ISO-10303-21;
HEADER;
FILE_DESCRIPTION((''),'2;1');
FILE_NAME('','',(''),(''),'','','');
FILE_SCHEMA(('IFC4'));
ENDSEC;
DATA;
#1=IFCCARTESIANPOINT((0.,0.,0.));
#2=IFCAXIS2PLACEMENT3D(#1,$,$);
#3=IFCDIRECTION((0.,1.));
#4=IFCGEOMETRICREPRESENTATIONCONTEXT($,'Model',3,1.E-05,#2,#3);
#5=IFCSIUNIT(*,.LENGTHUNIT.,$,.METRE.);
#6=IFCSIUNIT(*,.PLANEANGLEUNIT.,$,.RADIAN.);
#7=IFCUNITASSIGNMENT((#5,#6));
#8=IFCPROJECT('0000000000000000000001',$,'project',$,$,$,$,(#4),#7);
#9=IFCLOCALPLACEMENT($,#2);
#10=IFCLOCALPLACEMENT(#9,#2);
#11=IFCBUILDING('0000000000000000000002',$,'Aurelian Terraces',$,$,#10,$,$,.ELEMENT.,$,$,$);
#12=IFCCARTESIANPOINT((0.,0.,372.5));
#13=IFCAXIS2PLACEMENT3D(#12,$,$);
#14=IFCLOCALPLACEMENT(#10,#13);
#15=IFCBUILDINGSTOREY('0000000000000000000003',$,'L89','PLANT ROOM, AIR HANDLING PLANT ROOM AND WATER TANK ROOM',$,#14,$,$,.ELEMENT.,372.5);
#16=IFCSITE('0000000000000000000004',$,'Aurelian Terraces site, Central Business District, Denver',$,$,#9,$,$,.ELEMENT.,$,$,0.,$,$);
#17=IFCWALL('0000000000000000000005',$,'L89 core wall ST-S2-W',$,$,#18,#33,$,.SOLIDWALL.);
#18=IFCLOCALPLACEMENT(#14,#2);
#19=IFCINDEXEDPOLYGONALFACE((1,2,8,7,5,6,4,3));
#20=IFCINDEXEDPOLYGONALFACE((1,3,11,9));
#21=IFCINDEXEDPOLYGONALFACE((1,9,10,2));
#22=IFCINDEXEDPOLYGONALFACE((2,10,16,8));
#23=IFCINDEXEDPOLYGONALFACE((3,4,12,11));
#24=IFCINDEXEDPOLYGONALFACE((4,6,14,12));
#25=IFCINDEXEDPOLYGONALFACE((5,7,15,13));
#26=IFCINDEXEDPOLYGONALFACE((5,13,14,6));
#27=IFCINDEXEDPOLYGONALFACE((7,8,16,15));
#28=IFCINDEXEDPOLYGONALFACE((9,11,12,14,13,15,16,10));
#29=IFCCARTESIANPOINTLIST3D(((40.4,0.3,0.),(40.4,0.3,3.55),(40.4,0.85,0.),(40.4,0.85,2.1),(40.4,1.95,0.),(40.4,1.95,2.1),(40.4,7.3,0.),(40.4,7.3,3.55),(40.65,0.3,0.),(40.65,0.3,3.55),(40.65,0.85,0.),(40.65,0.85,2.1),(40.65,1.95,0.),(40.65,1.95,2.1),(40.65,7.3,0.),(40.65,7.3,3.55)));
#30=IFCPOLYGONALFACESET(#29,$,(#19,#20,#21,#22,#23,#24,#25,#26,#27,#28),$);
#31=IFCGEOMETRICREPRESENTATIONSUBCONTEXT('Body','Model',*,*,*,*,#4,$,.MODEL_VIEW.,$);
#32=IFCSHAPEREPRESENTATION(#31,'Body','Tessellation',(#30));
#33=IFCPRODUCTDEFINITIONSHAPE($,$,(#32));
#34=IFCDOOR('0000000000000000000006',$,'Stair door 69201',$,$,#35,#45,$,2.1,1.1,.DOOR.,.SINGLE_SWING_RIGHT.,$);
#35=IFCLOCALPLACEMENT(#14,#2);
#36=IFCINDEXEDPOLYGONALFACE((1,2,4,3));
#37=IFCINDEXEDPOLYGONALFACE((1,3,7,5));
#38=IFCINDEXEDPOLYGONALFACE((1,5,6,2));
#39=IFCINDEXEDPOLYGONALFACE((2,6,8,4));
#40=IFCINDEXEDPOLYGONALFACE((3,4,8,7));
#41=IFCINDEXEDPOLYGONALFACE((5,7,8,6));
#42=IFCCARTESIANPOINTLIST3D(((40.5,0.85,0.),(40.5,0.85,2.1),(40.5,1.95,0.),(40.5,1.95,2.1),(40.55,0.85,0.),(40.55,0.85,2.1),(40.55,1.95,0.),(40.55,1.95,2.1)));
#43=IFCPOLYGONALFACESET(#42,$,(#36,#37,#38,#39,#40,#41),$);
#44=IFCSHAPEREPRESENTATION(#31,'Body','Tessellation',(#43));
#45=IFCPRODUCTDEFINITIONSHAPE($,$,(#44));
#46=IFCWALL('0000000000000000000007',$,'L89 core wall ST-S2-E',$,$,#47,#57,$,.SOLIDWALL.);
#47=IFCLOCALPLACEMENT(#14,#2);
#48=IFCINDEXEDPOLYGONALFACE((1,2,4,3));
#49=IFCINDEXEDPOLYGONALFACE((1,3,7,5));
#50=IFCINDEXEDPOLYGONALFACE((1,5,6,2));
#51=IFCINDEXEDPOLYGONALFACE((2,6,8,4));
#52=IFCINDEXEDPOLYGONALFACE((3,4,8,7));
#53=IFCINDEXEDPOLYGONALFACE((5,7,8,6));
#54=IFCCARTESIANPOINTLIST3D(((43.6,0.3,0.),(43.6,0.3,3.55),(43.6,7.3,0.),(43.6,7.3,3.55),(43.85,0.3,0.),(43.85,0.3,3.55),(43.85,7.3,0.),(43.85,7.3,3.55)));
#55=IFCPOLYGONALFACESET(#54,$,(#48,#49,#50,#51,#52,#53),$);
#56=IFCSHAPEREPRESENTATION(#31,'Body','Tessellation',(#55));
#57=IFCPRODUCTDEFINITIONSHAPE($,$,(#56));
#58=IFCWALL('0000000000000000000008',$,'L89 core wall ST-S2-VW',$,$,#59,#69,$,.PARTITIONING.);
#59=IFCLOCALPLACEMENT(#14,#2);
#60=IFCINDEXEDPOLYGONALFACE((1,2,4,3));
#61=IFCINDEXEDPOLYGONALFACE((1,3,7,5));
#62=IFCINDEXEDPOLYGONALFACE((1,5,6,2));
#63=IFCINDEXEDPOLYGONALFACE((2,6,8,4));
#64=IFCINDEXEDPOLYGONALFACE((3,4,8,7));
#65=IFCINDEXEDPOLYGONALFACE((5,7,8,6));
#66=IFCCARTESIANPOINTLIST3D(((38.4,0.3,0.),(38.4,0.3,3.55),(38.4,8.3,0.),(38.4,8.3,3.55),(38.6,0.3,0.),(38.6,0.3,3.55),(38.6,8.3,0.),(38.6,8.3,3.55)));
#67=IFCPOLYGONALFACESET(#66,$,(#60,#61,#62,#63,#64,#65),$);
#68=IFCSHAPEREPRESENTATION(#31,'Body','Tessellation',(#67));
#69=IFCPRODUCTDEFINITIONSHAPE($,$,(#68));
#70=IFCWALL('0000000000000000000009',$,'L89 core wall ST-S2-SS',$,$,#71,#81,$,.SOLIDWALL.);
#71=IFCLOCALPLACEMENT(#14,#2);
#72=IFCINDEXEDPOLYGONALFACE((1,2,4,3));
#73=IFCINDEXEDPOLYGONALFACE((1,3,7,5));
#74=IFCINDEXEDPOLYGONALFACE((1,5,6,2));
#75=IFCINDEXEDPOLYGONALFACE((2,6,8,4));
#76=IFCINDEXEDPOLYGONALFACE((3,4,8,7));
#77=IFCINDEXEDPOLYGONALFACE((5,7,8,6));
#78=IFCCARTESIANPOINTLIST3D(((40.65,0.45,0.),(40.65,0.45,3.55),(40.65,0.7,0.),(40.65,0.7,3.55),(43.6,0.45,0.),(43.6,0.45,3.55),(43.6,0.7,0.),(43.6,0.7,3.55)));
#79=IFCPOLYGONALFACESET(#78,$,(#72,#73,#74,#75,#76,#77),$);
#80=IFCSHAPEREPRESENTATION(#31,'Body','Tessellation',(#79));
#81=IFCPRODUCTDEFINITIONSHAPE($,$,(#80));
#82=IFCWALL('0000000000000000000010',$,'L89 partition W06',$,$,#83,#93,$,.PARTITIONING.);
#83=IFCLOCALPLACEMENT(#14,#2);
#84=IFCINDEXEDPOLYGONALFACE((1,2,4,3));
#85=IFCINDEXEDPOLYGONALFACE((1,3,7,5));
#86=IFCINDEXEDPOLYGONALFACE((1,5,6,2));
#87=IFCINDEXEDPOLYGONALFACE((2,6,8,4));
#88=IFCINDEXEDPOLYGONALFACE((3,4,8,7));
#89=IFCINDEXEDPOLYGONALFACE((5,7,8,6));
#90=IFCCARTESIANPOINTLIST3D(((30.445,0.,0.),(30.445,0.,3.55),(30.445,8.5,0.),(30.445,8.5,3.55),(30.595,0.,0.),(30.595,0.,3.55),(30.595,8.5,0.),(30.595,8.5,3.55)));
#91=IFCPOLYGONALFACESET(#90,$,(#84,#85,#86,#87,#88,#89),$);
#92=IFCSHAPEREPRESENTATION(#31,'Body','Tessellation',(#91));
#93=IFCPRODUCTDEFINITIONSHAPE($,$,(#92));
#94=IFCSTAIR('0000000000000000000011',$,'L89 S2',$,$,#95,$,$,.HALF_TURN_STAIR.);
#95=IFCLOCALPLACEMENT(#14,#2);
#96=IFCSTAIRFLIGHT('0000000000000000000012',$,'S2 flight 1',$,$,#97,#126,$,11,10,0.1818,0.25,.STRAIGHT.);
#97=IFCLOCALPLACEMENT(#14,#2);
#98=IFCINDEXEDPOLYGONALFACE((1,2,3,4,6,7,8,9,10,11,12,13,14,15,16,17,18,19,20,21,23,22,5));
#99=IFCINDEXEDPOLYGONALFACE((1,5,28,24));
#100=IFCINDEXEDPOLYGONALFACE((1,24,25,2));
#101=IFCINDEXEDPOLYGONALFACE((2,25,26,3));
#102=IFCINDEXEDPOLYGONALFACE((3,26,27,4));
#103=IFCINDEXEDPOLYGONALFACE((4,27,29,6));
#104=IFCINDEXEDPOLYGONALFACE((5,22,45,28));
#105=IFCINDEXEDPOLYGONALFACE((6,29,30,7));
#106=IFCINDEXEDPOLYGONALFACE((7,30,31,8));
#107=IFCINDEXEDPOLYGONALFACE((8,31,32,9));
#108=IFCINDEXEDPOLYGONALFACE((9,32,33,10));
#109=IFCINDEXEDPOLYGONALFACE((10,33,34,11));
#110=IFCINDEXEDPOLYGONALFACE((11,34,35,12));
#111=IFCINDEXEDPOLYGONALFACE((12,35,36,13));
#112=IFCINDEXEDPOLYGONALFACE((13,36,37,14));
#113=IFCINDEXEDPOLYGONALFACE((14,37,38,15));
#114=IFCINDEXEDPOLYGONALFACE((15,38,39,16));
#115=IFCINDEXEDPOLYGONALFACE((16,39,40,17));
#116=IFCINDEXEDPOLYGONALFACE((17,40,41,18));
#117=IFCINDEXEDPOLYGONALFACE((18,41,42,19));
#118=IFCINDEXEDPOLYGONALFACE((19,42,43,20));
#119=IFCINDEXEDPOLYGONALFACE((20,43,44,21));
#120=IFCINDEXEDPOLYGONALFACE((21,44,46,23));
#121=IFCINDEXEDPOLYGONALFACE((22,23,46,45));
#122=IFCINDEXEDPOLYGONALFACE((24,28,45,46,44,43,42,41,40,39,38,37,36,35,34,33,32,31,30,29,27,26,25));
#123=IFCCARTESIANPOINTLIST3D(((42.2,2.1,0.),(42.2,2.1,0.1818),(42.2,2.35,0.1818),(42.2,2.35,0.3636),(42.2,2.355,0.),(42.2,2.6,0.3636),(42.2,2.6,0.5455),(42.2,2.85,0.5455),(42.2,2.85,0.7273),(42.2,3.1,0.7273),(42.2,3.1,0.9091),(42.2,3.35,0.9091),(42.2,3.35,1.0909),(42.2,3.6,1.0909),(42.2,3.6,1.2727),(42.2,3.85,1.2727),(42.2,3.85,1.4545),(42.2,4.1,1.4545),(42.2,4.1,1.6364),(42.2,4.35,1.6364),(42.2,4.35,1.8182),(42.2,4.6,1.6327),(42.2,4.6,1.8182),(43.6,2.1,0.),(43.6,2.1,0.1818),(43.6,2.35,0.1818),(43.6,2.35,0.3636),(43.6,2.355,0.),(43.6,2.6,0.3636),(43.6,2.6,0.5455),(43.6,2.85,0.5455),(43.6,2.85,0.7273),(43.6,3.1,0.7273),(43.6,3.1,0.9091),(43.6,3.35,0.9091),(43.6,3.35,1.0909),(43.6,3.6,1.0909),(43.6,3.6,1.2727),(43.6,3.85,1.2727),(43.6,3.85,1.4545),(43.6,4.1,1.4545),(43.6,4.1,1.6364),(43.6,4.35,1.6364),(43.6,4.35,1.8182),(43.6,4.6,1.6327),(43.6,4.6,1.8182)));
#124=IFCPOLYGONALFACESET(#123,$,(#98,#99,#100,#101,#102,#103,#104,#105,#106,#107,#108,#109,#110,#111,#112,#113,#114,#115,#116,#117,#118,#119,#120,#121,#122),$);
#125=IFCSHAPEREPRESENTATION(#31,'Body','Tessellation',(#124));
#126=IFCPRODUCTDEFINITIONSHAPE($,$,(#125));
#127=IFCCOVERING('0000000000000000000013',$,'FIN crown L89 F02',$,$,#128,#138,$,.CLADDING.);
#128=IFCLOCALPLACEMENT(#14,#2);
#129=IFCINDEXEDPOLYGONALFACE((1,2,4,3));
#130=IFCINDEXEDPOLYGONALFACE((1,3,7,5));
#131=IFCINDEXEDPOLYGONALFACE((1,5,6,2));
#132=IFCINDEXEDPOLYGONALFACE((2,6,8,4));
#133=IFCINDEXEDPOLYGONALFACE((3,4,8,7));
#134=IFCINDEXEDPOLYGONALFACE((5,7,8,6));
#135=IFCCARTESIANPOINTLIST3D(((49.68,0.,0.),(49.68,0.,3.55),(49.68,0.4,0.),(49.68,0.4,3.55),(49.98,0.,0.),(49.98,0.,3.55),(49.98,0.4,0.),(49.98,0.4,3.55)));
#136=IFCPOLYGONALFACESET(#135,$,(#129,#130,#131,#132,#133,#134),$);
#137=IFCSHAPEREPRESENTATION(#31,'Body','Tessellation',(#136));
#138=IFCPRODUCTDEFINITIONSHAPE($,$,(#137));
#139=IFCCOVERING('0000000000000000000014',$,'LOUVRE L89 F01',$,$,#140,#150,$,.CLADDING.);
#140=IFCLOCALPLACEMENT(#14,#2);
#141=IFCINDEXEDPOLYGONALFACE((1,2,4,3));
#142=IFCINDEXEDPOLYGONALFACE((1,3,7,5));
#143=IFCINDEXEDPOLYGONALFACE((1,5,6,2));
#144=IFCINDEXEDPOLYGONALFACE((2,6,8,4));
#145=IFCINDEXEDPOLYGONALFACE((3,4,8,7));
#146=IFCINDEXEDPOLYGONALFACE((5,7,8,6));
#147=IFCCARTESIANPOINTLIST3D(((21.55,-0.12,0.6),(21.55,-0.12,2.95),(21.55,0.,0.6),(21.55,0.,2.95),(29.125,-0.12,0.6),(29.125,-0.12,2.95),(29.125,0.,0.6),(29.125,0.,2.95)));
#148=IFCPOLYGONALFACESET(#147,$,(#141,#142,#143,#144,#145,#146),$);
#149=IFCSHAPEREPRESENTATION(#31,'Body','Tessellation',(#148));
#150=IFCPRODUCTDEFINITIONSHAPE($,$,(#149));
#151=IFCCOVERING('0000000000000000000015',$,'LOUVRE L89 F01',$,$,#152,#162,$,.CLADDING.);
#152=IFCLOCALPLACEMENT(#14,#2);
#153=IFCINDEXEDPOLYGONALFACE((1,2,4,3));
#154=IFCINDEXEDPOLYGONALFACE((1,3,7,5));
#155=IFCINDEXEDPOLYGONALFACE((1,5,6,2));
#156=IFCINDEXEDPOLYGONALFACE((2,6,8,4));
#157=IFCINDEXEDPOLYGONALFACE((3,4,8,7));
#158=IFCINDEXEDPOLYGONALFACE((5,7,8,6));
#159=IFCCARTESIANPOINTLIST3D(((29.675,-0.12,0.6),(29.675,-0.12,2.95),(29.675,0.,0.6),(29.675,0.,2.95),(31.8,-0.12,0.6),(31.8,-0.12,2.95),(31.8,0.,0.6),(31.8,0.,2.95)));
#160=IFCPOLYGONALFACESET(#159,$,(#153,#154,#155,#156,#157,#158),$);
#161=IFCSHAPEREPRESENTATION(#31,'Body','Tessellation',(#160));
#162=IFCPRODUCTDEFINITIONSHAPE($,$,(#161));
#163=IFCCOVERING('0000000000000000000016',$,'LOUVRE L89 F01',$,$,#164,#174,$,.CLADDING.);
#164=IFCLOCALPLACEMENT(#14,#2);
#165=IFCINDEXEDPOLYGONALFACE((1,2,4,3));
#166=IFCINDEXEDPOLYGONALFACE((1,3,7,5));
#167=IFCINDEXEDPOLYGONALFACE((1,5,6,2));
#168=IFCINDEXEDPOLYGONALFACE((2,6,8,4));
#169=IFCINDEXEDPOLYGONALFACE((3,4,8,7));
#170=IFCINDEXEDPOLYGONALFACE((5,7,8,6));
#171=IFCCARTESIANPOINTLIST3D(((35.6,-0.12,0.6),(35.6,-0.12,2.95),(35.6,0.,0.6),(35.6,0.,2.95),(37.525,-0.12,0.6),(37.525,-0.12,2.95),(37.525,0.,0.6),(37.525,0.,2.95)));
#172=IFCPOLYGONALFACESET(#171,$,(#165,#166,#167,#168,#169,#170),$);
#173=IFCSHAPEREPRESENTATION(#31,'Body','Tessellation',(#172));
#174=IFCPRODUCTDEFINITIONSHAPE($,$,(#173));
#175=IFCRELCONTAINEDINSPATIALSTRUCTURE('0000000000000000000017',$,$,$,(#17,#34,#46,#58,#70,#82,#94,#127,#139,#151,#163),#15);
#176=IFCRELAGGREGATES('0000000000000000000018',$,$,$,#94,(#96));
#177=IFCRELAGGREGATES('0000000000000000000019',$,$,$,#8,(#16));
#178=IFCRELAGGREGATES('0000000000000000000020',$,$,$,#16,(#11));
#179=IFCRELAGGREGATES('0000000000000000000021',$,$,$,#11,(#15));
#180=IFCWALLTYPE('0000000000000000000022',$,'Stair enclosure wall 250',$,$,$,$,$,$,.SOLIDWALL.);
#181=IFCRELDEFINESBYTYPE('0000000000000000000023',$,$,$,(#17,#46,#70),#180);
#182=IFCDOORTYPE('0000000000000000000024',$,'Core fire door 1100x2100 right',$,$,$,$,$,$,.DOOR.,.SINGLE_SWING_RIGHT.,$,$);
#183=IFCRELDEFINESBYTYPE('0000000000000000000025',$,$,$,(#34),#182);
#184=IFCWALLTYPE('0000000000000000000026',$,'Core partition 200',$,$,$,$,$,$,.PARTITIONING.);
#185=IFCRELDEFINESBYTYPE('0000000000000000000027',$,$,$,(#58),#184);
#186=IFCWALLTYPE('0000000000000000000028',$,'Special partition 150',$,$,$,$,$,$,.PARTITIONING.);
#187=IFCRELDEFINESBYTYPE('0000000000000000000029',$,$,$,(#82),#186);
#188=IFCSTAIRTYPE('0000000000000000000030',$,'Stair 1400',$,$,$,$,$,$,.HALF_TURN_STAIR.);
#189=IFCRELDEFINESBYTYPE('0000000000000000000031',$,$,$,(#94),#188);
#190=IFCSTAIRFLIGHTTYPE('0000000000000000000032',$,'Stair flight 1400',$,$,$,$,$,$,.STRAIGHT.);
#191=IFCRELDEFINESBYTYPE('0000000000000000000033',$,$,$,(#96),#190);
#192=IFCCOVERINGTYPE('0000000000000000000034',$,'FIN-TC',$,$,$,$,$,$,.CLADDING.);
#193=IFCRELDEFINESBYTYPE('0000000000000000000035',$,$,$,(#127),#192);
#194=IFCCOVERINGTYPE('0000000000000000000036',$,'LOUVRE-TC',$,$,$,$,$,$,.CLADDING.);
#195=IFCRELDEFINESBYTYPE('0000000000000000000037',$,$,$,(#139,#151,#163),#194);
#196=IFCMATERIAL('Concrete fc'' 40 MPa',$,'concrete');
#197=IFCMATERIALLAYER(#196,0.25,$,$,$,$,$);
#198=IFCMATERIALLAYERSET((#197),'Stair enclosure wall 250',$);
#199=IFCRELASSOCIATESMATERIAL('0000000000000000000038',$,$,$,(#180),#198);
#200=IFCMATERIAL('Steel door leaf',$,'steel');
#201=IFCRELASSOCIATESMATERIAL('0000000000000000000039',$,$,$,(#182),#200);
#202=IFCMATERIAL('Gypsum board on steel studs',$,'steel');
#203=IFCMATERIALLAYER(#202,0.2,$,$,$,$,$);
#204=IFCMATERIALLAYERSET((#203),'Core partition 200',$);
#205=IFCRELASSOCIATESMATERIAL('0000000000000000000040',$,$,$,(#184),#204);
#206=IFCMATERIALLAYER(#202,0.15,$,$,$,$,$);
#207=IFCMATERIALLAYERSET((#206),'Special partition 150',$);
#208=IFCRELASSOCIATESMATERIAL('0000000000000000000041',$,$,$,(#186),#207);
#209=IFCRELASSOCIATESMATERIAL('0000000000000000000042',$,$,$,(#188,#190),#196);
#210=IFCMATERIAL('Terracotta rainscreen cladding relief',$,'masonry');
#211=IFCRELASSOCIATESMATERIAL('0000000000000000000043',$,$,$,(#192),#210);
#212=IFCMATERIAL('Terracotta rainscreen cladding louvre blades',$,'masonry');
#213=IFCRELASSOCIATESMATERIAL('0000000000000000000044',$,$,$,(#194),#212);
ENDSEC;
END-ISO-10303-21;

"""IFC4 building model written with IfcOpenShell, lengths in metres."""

from ifc_helpers import new_model, si_unit, direction, frame, frame_2d, origin, origin_2d, place, context, subcontext, project, spatial, polyline, rectangle, outline, extrude, source, transform, mapped, material, layer, layer_set, type_object, element, fill, aggregate, save


model = new_model("IFC4")

# Units and contexts
model_context = context("Model", 3, precision=1e-05, world=origin(), true_north=direction((0.0, 1.0)))
body_context = subcontext(model_context, "Body", "Model", "MODEL_VIEW")
ifc_project = project(units=[si_unit("LENGTHUNIT", "METRE"), si_unit("PLANEANGLEUNIT", "RADIAN")], contexts=[model_context])

# Site, building, storey
site_placement = place(None, origin())
site = spatial("IfcSite", under=ifc_project, at=site_placement, Name="Aurelian Terraces site, Central Business District, Denver", CompositionType="ELEMENT", RefElevation=0.0)
building_placement = place(site_placement, origin())
building = spatial("IfcBuilding", under=site, at=building_placement, Name="Aurelian Terraces", CompositionType="ELEMENT")
storey_placement = place(building_placement, frame((0.0, 0.0, 372.5)))
storey = spatial("IfcBuildingStorey", under=building, at=storey_placement, Name="L89", Description="PLANT ROOM, AIR HANDLING PLANT ROOM AND WATER TANK ROOM", CompositionType="ELEMENT", Elevation=372.5)

# Shared definitions
ifc_material_1 = material(Name="Concrete fc' 40 MPa", Category="concrete")

# Wall, opening, door
ifc_layer_1 = layer(ifc_material_1, 0.25)
ifc_layer_set_1 = layer_set([ifc_layer_1], Name="Stair enclosure wall 250")
wall_type_1 = type_object("IfcWallType", Name="Stair enclosure wall 250", PredefinedType="SOLIDWALL", material=ifc_layer_set_1)
shared_shape_1 = source(origin(), body_context, "Body", "SweptSolid", [
    extrude(rectangle(XDim=7.0, YDim=0.25, at=frame_2d((3.5, 0.0))), origin(), (0.0, 0.0, 1.0), 3.55),
])
wall_1_placement = place(storey_placement, frame((40.525, 0.3, 0.0), z_axis=(0.0, 0.0, 1.0), x_axis=(0.0, 1.0, 0.0)))
wall_1 = element("IfcWall", 1, at=wall_1_placement, inside=storey, type_object=wall_type_1, Name="L89 core wall ST-S2-W", PredefinedType="SOLIDWALL", context=body_context, shape_type="MappedRepresentation", body=[
    mapped(shared_shape_1, transform((0.0, 0.0, 0.0), scale=1.0)),
])
shared_shape_2 = source(origin(), body_context, "Body", "SweptSolid", [
    extrude(rectangle(XDim=1.1, YDim=2.1, at=frame_2d((0.55, 1.05))), frame((0.0, 0.135, 0.0), z_axis=(0.0, -1.0, 0.0), x_axis=(1.0, 0.0, 0.0)), (0.0, 0.0, 1.0), 0.27),
])
opening_placement = place(wall_1_placement, frame((0.55, 0.0, 0.0)))
opening = element("IfcOpeningElement", 2, at=opening_placement, cuts=wall_1, PredefinedType="OPENING", context=body_context, shape_type="MappedRepresentation", body=[
    mapped(shared_shape_2, transform((0.0, 0.0, 0.0), scale=1.0)),
])
ifc_material_2 = material(Name="Steel door leaf", Category="steel")
door_type = type_object("IfcDoorType", Name="Core fire door 1100x2100 right", OperationType="SINGLE_SWING_RIGHT", PredefinedType="DOOR", material=ifc_material_2)
shared_shape_3 = source(origin(), body_context, "Body", "SweptSolid", [
    extrude(rectangle(XDim=1.1, YDim=2.1, at=frame_2d((0.55, 1.05))), frame((0.0, 0.025, 0.0), z_axis=(0.0, -1.0, 0.0), x_axis=(1.0, 0.0, 0.0)), (0.0, 0.0, 1.0), 0.05),
])
door_placement = place(opening_placement, origin())
door = element("IfcDoor", 3, at=door_placement, inside=storey, type_object=door_type, Name="Stair door 69201", OperationType="SINGLE_SWING_RIGHT", OverallHeight=2.1, OverallWidth=1.1, PredefinedType="DOOR", context=body_context, shape_type="MappedRepresentation", body=[
    mapped(shared_shape_3, transform((0.0, 0.0, 0.0), scale=1.0)),
])
fill(opening, door)

# Walls
wall_2_placement = place(storey_placement, frame((43.725, 0.3, 0.0), z_axis=(0.0, 0.0, 1.0), x_axis=(0.0, 1.0, 0.0)))
element("IfcWall", 4, at=wall_2_placement, inside=storey, type_object=wall_type_1, Name="L89 core wall ST-S2-E", PredefinedType="SOLIDWALL", context=body_context, shape_type="MappedRepresentation", body=[
    mapped(shared_shape_1, transform((0.0, 0.0, 0.0), scale=1.0)),
])
ifc_material_3 = material(Name="Gypsum board on steel studs", Category="steel")
ifc_layer_2 = layer(ifc_material_3, 0.2)
ifc_layer_set_2 = layer_set([ifc_layer_2], Name="Core partition 200")
wall_type_2 = type_object("IfcWallType", Name="Core partition 200", PredefinedType="PARTITIONING", material=ifc_layer_set_2)
shared_shape_4 = source(origin(), body_context, "Body", "SweptSolid", [
    extrude(rectangle(XDim=8.0, YDim=0.2, at=frame_2d((4.0, 0.0))), origin(), (0.0, 0.0, 1.0), 3.55),
])
wall_3_placement = place(storey_placement, frame((38.5, 0.3, 0.0), z_axis=(0.0, 0.0, 1.0), x_axis=(0.0, 1.0, 0.0)))
element("IfcWall", 5, at=wall_3_placement, inside=storey, type_object=wall_type_2, Name="L89 core wall ST-S2-VW", PredefinedType="PARTITIONING", context=body_context, shape_type="MappedRepresentation", body=[
    mapped(shared_shape_4, transform((0.0, 0.0, 0.0), scale=1.0)),
])
shared_shape_5 = source(origin(), body_context, "Body", "SweptSolid", [
    extrude(rectangle(XDim=2.95, YDim=0.25, at=frame_2d((1.475, 0.0))), origin(), (0.0, 0.0, 1.0), 3.55),
])
wall_4_placement = place(storey_placement, frame((40.65, 0.575, 0.0), z_axis=(0.0, 0.0, 1.0), x_axis=(1.0, 0.0, 0.0)))
element("IfcWall", 6, at=wall_4_placement, inside=storey, type_object=wall_type_1, Name="L89 core wall ST-S2-SS", PredefinedType="SOLIDWALL", context=body_context, shape_type="MappedRepresentation", body=[
    mapped(shared_shape_5, transform((0.0, 0.0, 0.0), scale=1.0)),
])
ifc_layer_3 = layer(ifc_material_3, 0.15)
ifc_layer_set_3 = layer_set([ifc_layer_3], Name="Special partition 150")
wall_type_3 = type_object("IfcWallType", Name="Special partition 150", PredefinedType="PARTITIONING", material=ifc_layer_set_3)
shared_shape_6 = source(origin(), body_context, "Body", "SweptSolid", [
    extrude(rectangle(XDim=8.5, YDim=0.15, at=frame_2d((4.25, 0.0))), origin(), (0.0, 0.0, 1.0), 3.55),
])
wall_5_placement = place(storey_placement, frame((30.52, 0.0, 0.0), z_axis=(0.0, 0.0, 1.0), x_axis=(0.0, 1.0, 0.0)))
element("IfcWall", 7, at=wall_5_placement, inside=storey, type_object=wall_type_3, Name="L89 partition W06", PredefinedType="PARTITIONING", context=body_context, shape_type="MappedRepresentation", body=[
    mapped(shared_shape_6, transform((0.0, 0.0, 0.0), scale=1.0)),
])

# Stair, stair flight
stair_type = type_object("IfcStairType", Name="Stair 1400", PredefinedType="HALF_TURN_STAIR", material=ifc_material_1)
stair_placement = place(storey_placement, origin())
stair = element("IfcStair", 8, at=stair_placement, inside=storey, type_object=stair_type, Name="L89 S2", PredefinedType="HALF_TURN_STAIR")
stair_flight_type = type_object("IfcStairFlightType", Name="Stair flight 1400", PredefinedType="STRAIGHT", material=ifc_material_1)
shared_shape_7 = source(origin(), body_context, "Body", "SweptSolid", [
    extrude(outline(polyline([(0.0, 0.0), (0.0, 0.1818), (0.25, 0.1818), (0.25, 0.3636), (0.5, 0.3636), (0.5, 0.5455), (0.75, 0.5455), (0.75, 0.7273), (1.0, 0.7273), (1.0, 0.9091), (1.25, 0.9091), (1.25, 1.0909), (1.5, 1.0909), (1.5, 1.2727), (1.75, 1.2727), (1.75, 1.4545), (2.0, 1.4545), (2.0, 1.6364), (2.25, 1.6364), (2.25, 1.8182), (2.5, 1.8182), (2.5, 2.0), (2.5, 1.6327), (0.255, 0.0), (0.0, 0.0)])), frame((0.0, 0.7, 0.0), z_axis=(0.0, -1.0, 0.0), x_axis=(1.0, 0.0, 0.0)), (0.0, 0.0, 1.0), 1.4),
])
stair_flight_placement = place(storey_placement, frame((42.9, 2.1, 0.0), z_axis=(0.0, 0.0, 1.0), x_axis=(0.0, 1.0, 0.0)))
stair_flight = element("IfcStairFlight", 9, at=stair_flight_placement, type_object=stair_flight_type, Name="S2 flight 1", NumberOfRisers=11, NumberOfTreads=10, PredefinedType="STRAIGHT", RiserHeight=0.1818, TreadLength=0.25, context=body_context, shape_type="MappedRepresentation", body=[
    mapped(shared_shape_7, transform((0.0, 0.0, 0.0), scale=1.0)),
])
aggregate(stair, [stair_flight])

# Coverings
ifc_material_4 = material(Name="Terracotta rainscreen cladding relief", Category="masonry")
covering_type_1 = type_object("IfcCoveringType", Name="FIN-TC", PredefinedType="CLADDING", material=ifc_material_4)
covering_1_placement = place(storey_placement, frame((49.83, 0.2, 0.0), z_axis=(0.0, 0.0, 1.0), x_axis=(1.0, 0.0, 0.0)))
element("IfcCovering", 10, at=covering_1_placement, inside=storey, type_object=covering_type_1, Name="FIN crown L89 F02", PredefinedType="CLADDING", context=body_context, shape_type="SweptSolid", body=[
    extrude(rectangle(XDim=0.3, YDim=0.4, at=origin_2d()), origin(), (0.0, 0.0, 1.0), 3.55),
])
ifc_material_5 = material(Name="Terracotta rainscreen cladding louvre blades", Category="masonry")
covering_type_2 = type_object("IfcCoveringType", Name="LOUVRE-TC", PredefinedType="CLADDING", material=ifc_material_5)
covering_2_placement = place(storey_placement, frame((25.3375, -0.06, 0.6), z_axis=(0.0, 0.0, 1.0), x_axis=(1.0, 0.0, 0.0)))
element("IfcCovering", 11, at=covering_2_placement, inside=storey, type_object=covering_type_2, Name="LOUVRE L89 F01", PredefinedType="CLADDING", context=body_context, shape_type="SweptSolid", body=[
    extrude(rectangle(XDim=7.575, YDim=0.12, at=origin_2d()), origin(), (0.0, 0.0, 1.0), 2.35),
])
covering_3_placement = place(storey_placement, frame((30.7375, -0.06, 0.6), z_axis=(0.0, 0.0, 1.0), x_axis=(1.0, 0.0, 0.0)))
element("IfcCovering", 12, at=covering_3_placement, inside=storey, type_object=covering_type_2, Name="LOUVRE L89 F01", PredefinedType="CLADDING", context=body_context, shape_type="SweptSolid", body=[
    extrude(rectangle(XDim=2.125, YDim=0.12, at=origin_2d()), origin(), (0.0, 0.0, 1.0), 2.35),
])
covering_4_placement = place(storey_placement, frame((36.5625, -0.06, 0.6), z_axis=(0.0, 0.0, 1.0), x_axis=(1.0, 0.0, 0.0)))
element("IfcCovering", 13, at=covering_4_placement, inside=storey, type_object=covering_type_2, Name="LOUVRE L89 F01", PredefinedType="CLADDING", context=body_context, shape_type="SweptSolid", body=[
    extrude(rectangle(XDim=1.925, YDim=0.12, at=origin_2d()), origin(), (0.0, 0.0, 1.0), 2.35),
])

save(model, "model.ifc")
